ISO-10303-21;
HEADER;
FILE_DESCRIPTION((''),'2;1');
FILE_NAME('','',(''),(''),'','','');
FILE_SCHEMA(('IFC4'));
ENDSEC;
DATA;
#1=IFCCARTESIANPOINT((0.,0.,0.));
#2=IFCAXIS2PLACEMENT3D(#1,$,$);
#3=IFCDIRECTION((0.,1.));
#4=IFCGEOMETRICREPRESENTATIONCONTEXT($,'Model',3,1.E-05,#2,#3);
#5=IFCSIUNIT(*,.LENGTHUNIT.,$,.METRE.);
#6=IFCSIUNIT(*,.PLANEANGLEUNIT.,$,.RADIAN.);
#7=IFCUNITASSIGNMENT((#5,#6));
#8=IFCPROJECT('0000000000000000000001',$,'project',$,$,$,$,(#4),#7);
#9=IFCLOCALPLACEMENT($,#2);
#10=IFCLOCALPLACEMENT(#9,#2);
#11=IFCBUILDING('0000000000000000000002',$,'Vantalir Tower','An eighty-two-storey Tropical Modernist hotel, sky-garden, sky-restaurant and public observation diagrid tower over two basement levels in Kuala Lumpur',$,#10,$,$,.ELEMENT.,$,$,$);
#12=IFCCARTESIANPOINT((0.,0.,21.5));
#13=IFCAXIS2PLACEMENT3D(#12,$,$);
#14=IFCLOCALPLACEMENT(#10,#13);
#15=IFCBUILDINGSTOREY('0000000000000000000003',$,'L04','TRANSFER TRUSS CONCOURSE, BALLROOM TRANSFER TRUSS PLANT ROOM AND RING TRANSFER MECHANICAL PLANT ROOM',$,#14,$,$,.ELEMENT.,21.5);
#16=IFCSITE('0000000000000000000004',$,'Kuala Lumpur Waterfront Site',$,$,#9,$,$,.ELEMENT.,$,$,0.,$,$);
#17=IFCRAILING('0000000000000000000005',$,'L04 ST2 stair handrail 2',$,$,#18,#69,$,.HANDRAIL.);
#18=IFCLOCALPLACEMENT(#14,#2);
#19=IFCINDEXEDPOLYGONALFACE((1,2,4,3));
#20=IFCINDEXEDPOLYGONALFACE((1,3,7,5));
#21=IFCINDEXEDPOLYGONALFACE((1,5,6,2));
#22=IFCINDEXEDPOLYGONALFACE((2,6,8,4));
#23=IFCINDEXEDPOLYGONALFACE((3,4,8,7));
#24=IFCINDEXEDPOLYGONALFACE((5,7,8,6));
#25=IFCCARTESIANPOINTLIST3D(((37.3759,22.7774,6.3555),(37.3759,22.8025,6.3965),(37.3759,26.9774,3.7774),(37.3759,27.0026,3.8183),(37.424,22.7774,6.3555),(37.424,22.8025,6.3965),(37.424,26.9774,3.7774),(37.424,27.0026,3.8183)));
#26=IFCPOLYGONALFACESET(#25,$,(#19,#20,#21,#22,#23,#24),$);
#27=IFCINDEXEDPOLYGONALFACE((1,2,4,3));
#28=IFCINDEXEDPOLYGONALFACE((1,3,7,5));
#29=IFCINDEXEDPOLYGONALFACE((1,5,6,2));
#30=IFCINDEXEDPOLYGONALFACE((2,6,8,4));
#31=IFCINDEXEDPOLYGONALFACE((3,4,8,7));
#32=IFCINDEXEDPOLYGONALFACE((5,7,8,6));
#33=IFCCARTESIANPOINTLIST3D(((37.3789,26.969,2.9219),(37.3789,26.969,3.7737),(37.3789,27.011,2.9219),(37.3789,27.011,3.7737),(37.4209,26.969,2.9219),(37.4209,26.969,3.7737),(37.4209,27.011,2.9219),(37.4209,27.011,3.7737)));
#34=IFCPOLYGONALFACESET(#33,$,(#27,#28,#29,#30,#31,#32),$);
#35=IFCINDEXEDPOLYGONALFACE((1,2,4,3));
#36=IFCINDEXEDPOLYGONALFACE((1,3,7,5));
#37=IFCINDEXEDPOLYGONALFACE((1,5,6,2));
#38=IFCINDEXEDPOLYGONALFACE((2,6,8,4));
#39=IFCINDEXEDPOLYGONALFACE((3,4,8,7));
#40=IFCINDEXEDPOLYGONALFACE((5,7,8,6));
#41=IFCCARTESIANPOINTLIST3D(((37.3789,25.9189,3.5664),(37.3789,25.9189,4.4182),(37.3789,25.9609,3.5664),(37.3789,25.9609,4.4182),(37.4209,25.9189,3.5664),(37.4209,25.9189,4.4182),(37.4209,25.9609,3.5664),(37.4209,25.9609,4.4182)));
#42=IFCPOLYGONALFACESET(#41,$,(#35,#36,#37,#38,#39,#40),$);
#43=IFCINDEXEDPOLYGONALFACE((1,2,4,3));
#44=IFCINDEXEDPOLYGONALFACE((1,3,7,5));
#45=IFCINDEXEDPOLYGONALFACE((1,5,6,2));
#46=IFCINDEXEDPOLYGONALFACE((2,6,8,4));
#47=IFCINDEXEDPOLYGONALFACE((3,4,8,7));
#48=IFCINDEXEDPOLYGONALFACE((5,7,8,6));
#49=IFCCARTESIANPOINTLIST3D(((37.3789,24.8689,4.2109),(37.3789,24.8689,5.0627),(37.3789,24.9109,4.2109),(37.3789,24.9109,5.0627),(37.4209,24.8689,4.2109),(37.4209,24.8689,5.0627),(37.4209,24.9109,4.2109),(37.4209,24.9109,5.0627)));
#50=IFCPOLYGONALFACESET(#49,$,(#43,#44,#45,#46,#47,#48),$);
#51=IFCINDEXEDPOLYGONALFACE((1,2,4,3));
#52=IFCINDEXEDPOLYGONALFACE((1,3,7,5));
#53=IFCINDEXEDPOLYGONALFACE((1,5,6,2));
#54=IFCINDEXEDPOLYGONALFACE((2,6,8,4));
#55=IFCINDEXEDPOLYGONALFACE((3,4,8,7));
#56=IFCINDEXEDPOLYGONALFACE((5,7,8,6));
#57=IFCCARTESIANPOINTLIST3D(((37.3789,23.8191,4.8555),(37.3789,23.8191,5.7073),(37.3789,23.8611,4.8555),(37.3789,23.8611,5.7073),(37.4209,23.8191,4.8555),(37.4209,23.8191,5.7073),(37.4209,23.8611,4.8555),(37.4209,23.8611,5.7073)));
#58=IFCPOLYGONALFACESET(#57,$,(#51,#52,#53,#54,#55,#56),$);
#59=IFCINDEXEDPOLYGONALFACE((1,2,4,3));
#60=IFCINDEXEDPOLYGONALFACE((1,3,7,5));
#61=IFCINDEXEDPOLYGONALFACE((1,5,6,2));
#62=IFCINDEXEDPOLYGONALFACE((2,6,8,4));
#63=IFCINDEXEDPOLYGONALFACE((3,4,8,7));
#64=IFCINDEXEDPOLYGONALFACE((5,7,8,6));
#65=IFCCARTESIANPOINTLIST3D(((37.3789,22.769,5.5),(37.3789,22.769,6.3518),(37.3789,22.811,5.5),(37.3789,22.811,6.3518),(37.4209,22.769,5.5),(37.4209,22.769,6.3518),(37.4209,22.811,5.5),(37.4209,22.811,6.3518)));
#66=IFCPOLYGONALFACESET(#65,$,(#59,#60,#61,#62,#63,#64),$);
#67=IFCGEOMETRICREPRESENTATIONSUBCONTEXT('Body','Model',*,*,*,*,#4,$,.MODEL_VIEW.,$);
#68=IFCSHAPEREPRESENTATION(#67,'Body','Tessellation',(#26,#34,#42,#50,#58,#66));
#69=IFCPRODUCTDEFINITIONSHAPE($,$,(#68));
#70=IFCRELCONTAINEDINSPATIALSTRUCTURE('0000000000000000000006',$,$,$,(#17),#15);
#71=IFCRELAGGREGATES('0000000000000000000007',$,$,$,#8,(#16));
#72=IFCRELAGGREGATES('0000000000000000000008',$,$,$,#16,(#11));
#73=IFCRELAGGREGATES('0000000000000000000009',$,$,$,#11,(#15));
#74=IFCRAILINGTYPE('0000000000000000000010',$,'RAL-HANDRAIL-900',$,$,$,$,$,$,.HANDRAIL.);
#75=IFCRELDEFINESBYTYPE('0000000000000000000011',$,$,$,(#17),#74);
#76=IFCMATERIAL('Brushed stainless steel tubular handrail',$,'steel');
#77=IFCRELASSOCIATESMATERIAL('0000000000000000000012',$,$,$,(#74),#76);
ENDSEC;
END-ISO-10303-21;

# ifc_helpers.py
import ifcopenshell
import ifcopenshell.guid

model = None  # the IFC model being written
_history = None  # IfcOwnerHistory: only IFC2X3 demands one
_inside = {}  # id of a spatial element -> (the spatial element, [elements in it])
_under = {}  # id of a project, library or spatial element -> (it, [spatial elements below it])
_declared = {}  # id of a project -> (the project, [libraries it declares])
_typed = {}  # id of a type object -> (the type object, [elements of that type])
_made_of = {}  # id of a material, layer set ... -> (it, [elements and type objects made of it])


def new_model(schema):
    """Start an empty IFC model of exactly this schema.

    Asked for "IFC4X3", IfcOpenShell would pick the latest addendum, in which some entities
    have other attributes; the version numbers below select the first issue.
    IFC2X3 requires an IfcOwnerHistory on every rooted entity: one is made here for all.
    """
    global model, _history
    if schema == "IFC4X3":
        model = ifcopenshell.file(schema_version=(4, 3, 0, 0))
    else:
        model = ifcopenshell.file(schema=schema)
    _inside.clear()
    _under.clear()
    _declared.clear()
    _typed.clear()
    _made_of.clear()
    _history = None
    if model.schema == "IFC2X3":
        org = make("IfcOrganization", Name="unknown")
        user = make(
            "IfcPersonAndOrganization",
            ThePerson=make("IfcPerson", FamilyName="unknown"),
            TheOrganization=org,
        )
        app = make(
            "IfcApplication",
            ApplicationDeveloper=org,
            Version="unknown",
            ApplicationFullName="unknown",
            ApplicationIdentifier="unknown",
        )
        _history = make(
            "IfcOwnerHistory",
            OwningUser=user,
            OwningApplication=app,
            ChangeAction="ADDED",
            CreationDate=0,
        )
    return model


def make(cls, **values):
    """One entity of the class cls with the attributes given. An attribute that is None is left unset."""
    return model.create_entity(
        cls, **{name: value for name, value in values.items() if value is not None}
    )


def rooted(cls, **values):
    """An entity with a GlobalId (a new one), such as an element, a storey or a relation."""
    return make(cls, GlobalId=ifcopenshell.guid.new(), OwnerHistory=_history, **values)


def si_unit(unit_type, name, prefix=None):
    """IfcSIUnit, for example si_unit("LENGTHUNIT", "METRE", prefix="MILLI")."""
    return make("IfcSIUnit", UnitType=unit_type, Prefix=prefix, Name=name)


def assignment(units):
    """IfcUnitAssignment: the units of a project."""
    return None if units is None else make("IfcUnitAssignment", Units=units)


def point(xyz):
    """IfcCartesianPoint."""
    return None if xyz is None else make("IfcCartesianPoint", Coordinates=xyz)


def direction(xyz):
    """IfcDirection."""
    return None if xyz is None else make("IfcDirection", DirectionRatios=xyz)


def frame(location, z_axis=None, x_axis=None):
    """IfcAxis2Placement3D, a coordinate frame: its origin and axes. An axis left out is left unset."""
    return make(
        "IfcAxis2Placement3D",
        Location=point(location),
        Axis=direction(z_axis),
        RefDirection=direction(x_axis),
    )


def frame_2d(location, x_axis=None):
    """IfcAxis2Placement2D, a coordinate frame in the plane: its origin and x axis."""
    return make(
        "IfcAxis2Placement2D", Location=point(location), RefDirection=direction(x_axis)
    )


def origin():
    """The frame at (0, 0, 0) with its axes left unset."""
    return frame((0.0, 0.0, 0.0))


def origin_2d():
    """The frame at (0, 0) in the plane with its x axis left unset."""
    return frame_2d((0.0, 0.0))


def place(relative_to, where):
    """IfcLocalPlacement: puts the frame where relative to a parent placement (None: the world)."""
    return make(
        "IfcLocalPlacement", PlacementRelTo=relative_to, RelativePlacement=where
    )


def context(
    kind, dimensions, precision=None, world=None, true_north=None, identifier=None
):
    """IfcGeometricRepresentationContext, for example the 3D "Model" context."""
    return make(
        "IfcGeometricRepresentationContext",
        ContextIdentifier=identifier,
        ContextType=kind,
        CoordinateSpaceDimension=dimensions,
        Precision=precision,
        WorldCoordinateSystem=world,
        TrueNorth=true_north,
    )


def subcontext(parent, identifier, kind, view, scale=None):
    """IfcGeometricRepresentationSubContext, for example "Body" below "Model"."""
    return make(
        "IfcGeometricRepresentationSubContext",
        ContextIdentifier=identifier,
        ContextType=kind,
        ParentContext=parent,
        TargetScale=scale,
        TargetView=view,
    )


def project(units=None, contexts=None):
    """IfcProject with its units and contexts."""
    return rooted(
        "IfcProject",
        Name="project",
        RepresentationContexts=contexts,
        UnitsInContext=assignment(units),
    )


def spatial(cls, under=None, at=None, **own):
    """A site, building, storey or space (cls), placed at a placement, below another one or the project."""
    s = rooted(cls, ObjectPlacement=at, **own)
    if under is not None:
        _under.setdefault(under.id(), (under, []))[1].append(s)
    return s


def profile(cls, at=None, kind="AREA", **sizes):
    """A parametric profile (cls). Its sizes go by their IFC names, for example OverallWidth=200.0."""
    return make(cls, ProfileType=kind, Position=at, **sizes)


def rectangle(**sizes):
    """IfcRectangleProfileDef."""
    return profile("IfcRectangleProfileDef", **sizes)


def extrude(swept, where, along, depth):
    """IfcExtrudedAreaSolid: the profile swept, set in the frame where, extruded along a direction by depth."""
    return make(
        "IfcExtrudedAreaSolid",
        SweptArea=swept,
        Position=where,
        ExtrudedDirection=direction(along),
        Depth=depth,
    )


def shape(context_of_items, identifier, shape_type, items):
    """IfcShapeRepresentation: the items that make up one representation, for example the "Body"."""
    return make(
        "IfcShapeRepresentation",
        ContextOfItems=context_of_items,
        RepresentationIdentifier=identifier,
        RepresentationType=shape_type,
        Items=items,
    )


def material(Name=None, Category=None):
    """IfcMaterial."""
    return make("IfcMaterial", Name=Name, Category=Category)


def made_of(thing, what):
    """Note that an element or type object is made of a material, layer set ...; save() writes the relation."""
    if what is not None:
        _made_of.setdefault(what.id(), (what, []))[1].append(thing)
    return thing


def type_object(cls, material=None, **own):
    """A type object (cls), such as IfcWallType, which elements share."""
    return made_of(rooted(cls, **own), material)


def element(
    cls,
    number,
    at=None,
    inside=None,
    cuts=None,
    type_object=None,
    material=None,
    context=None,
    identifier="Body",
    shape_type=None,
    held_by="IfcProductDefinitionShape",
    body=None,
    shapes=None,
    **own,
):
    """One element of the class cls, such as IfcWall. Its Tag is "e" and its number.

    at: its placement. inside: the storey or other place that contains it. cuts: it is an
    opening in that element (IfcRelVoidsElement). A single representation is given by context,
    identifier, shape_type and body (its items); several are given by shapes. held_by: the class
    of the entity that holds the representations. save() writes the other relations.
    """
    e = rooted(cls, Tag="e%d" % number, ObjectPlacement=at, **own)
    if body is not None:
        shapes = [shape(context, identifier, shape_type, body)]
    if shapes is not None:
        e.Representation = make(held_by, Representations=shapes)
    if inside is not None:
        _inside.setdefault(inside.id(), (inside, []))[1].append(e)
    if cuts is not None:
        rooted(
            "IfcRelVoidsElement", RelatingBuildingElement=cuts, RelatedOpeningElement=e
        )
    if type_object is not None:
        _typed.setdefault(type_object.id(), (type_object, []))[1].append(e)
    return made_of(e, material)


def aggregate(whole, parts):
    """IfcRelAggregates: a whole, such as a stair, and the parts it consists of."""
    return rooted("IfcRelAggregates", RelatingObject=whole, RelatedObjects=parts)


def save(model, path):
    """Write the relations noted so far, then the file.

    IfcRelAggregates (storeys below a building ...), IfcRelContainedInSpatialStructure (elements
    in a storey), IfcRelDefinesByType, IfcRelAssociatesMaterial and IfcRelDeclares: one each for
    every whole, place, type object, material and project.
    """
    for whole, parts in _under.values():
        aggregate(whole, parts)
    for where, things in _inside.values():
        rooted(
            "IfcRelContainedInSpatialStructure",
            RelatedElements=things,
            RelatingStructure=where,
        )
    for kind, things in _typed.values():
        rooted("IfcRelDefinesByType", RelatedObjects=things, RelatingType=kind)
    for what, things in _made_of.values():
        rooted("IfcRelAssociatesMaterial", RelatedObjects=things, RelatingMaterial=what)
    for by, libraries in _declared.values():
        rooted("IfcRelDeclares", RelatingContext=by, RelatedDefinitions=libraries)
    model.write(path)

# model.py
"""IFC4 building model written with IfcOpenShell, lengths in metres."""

from ifc_helpers import new_model, si_unit, direction, frame, origin, origin_2d, place, context, subcontext, project, spatial, rectangle, extrude, material, type_object, element, save


model = new_model("IFC4")

# Units and contexts
model_context = context("Model", 3, precision=1e-05, world=origin(), true_north=direction((0.0, 1.0)))
body_context = subcontext(model_context, "Body", "Model", "MODEL_VIEW")
ifc_project = project(units=[si_unit("LENGTHUNIT", "METRE"), si_unit("PLANEANGLEUNIT", "RADIAN")], contexts=[model_context])

# Site, building, storey
site_placement = place(None, origin())
site = spatial("IfcSite", under=ifc_project, at=site_placement, Name="Kuala Lumpur Waterfront Site", CompositionType="ELEMENT", RefElevation=0.0)
building_placement = place(site_placement, origin())
building = spatial("IfcBuilding", under=site, at=building_placement, Name="Vantalir Tower", Description="An eighty-two-storey Tropical Modernist hotel, sky-garden, sky-restaurant and public observation diagrid tower over two basement levels in Kuala Lumpur", CompositionType="ELEMENT")
storey_placement = place(building_placement, frame((0.0, 0.0, 21.5)))
storey = spatial("IfcBuildingStorey", under=building, at=storey_placement, Name="L04", Description="TRANSFER TRUSS CONCOURSE, BALLROOM TRANSFER TRUSS PLANT ROOM AND RING TRANSFER MECHANICAL PLANT ROOM", CompositionType="ELEMENT", Elevation=21.5)

# Railing
ifc_material_1 = material(Name="Brushed stainless steel tubular handrail", Category="steel")
railing_type_1 = type_object("IfcRailingType", Name="RAL-HANDRAIL-900", PredefinedType="HANDRAIL", material=ifc_material_1)
railing_1_placement = place(storey_placement, frame((37.3999, 26.99, 2.9219)))
element("IfcRailing", 1, at=railing_1_placement, inside=storey, type_object=railing_type_1, Name="L04 ST2 stair handrail 2", PredefinedType="HANDRAIL", context=body_context, shape_type="SweptSolid", body=[
    extrude(rectangle(XDim=0.0481, YDim=0.0481, at=origin_2d()), frame((0.0, 0.0, 0.876), z_axis=(0.0, -0.852243, 0.523146), x_axis=(1.0, 0.0, 0.0)), (0.0, 0.0, 1.0), 4.9282),
    extrude(rectangle(XDim=0.042, YDim=0.042, at=origin_2d()), origin(), (0.0, 0.0, 1.0), 0.8518),
    extrude(rectangle(XDim=0.042, YDim=0.042, at=origin_2d()), frame((0.0, -1.05, 0.6445)), (0.0, 0.0, 1.0), 0.8518),
    extrude(rectangle(XDim=0.042, YDim=0.042, at=origin_2d()), frame((0.0, -2.1001, 1.2891)), (0.0, 0.0, 1.0), 0.8518),
    extrude(rectangle(XDim=0.042, YDim=0.042, at=origin_2d()), frame((0.0, -3.1499, 1.9336)), (0.0, 0.0, 1.0), 0.8518),
    extrude(rectangle(XDim=0.042, YDim=0.042, at=origin_2d()), frame((0.0, -4.2, 2.5781)), (0.0, 0.0, 1.0), 0.8518),
])

save(model, "model.ifc")
